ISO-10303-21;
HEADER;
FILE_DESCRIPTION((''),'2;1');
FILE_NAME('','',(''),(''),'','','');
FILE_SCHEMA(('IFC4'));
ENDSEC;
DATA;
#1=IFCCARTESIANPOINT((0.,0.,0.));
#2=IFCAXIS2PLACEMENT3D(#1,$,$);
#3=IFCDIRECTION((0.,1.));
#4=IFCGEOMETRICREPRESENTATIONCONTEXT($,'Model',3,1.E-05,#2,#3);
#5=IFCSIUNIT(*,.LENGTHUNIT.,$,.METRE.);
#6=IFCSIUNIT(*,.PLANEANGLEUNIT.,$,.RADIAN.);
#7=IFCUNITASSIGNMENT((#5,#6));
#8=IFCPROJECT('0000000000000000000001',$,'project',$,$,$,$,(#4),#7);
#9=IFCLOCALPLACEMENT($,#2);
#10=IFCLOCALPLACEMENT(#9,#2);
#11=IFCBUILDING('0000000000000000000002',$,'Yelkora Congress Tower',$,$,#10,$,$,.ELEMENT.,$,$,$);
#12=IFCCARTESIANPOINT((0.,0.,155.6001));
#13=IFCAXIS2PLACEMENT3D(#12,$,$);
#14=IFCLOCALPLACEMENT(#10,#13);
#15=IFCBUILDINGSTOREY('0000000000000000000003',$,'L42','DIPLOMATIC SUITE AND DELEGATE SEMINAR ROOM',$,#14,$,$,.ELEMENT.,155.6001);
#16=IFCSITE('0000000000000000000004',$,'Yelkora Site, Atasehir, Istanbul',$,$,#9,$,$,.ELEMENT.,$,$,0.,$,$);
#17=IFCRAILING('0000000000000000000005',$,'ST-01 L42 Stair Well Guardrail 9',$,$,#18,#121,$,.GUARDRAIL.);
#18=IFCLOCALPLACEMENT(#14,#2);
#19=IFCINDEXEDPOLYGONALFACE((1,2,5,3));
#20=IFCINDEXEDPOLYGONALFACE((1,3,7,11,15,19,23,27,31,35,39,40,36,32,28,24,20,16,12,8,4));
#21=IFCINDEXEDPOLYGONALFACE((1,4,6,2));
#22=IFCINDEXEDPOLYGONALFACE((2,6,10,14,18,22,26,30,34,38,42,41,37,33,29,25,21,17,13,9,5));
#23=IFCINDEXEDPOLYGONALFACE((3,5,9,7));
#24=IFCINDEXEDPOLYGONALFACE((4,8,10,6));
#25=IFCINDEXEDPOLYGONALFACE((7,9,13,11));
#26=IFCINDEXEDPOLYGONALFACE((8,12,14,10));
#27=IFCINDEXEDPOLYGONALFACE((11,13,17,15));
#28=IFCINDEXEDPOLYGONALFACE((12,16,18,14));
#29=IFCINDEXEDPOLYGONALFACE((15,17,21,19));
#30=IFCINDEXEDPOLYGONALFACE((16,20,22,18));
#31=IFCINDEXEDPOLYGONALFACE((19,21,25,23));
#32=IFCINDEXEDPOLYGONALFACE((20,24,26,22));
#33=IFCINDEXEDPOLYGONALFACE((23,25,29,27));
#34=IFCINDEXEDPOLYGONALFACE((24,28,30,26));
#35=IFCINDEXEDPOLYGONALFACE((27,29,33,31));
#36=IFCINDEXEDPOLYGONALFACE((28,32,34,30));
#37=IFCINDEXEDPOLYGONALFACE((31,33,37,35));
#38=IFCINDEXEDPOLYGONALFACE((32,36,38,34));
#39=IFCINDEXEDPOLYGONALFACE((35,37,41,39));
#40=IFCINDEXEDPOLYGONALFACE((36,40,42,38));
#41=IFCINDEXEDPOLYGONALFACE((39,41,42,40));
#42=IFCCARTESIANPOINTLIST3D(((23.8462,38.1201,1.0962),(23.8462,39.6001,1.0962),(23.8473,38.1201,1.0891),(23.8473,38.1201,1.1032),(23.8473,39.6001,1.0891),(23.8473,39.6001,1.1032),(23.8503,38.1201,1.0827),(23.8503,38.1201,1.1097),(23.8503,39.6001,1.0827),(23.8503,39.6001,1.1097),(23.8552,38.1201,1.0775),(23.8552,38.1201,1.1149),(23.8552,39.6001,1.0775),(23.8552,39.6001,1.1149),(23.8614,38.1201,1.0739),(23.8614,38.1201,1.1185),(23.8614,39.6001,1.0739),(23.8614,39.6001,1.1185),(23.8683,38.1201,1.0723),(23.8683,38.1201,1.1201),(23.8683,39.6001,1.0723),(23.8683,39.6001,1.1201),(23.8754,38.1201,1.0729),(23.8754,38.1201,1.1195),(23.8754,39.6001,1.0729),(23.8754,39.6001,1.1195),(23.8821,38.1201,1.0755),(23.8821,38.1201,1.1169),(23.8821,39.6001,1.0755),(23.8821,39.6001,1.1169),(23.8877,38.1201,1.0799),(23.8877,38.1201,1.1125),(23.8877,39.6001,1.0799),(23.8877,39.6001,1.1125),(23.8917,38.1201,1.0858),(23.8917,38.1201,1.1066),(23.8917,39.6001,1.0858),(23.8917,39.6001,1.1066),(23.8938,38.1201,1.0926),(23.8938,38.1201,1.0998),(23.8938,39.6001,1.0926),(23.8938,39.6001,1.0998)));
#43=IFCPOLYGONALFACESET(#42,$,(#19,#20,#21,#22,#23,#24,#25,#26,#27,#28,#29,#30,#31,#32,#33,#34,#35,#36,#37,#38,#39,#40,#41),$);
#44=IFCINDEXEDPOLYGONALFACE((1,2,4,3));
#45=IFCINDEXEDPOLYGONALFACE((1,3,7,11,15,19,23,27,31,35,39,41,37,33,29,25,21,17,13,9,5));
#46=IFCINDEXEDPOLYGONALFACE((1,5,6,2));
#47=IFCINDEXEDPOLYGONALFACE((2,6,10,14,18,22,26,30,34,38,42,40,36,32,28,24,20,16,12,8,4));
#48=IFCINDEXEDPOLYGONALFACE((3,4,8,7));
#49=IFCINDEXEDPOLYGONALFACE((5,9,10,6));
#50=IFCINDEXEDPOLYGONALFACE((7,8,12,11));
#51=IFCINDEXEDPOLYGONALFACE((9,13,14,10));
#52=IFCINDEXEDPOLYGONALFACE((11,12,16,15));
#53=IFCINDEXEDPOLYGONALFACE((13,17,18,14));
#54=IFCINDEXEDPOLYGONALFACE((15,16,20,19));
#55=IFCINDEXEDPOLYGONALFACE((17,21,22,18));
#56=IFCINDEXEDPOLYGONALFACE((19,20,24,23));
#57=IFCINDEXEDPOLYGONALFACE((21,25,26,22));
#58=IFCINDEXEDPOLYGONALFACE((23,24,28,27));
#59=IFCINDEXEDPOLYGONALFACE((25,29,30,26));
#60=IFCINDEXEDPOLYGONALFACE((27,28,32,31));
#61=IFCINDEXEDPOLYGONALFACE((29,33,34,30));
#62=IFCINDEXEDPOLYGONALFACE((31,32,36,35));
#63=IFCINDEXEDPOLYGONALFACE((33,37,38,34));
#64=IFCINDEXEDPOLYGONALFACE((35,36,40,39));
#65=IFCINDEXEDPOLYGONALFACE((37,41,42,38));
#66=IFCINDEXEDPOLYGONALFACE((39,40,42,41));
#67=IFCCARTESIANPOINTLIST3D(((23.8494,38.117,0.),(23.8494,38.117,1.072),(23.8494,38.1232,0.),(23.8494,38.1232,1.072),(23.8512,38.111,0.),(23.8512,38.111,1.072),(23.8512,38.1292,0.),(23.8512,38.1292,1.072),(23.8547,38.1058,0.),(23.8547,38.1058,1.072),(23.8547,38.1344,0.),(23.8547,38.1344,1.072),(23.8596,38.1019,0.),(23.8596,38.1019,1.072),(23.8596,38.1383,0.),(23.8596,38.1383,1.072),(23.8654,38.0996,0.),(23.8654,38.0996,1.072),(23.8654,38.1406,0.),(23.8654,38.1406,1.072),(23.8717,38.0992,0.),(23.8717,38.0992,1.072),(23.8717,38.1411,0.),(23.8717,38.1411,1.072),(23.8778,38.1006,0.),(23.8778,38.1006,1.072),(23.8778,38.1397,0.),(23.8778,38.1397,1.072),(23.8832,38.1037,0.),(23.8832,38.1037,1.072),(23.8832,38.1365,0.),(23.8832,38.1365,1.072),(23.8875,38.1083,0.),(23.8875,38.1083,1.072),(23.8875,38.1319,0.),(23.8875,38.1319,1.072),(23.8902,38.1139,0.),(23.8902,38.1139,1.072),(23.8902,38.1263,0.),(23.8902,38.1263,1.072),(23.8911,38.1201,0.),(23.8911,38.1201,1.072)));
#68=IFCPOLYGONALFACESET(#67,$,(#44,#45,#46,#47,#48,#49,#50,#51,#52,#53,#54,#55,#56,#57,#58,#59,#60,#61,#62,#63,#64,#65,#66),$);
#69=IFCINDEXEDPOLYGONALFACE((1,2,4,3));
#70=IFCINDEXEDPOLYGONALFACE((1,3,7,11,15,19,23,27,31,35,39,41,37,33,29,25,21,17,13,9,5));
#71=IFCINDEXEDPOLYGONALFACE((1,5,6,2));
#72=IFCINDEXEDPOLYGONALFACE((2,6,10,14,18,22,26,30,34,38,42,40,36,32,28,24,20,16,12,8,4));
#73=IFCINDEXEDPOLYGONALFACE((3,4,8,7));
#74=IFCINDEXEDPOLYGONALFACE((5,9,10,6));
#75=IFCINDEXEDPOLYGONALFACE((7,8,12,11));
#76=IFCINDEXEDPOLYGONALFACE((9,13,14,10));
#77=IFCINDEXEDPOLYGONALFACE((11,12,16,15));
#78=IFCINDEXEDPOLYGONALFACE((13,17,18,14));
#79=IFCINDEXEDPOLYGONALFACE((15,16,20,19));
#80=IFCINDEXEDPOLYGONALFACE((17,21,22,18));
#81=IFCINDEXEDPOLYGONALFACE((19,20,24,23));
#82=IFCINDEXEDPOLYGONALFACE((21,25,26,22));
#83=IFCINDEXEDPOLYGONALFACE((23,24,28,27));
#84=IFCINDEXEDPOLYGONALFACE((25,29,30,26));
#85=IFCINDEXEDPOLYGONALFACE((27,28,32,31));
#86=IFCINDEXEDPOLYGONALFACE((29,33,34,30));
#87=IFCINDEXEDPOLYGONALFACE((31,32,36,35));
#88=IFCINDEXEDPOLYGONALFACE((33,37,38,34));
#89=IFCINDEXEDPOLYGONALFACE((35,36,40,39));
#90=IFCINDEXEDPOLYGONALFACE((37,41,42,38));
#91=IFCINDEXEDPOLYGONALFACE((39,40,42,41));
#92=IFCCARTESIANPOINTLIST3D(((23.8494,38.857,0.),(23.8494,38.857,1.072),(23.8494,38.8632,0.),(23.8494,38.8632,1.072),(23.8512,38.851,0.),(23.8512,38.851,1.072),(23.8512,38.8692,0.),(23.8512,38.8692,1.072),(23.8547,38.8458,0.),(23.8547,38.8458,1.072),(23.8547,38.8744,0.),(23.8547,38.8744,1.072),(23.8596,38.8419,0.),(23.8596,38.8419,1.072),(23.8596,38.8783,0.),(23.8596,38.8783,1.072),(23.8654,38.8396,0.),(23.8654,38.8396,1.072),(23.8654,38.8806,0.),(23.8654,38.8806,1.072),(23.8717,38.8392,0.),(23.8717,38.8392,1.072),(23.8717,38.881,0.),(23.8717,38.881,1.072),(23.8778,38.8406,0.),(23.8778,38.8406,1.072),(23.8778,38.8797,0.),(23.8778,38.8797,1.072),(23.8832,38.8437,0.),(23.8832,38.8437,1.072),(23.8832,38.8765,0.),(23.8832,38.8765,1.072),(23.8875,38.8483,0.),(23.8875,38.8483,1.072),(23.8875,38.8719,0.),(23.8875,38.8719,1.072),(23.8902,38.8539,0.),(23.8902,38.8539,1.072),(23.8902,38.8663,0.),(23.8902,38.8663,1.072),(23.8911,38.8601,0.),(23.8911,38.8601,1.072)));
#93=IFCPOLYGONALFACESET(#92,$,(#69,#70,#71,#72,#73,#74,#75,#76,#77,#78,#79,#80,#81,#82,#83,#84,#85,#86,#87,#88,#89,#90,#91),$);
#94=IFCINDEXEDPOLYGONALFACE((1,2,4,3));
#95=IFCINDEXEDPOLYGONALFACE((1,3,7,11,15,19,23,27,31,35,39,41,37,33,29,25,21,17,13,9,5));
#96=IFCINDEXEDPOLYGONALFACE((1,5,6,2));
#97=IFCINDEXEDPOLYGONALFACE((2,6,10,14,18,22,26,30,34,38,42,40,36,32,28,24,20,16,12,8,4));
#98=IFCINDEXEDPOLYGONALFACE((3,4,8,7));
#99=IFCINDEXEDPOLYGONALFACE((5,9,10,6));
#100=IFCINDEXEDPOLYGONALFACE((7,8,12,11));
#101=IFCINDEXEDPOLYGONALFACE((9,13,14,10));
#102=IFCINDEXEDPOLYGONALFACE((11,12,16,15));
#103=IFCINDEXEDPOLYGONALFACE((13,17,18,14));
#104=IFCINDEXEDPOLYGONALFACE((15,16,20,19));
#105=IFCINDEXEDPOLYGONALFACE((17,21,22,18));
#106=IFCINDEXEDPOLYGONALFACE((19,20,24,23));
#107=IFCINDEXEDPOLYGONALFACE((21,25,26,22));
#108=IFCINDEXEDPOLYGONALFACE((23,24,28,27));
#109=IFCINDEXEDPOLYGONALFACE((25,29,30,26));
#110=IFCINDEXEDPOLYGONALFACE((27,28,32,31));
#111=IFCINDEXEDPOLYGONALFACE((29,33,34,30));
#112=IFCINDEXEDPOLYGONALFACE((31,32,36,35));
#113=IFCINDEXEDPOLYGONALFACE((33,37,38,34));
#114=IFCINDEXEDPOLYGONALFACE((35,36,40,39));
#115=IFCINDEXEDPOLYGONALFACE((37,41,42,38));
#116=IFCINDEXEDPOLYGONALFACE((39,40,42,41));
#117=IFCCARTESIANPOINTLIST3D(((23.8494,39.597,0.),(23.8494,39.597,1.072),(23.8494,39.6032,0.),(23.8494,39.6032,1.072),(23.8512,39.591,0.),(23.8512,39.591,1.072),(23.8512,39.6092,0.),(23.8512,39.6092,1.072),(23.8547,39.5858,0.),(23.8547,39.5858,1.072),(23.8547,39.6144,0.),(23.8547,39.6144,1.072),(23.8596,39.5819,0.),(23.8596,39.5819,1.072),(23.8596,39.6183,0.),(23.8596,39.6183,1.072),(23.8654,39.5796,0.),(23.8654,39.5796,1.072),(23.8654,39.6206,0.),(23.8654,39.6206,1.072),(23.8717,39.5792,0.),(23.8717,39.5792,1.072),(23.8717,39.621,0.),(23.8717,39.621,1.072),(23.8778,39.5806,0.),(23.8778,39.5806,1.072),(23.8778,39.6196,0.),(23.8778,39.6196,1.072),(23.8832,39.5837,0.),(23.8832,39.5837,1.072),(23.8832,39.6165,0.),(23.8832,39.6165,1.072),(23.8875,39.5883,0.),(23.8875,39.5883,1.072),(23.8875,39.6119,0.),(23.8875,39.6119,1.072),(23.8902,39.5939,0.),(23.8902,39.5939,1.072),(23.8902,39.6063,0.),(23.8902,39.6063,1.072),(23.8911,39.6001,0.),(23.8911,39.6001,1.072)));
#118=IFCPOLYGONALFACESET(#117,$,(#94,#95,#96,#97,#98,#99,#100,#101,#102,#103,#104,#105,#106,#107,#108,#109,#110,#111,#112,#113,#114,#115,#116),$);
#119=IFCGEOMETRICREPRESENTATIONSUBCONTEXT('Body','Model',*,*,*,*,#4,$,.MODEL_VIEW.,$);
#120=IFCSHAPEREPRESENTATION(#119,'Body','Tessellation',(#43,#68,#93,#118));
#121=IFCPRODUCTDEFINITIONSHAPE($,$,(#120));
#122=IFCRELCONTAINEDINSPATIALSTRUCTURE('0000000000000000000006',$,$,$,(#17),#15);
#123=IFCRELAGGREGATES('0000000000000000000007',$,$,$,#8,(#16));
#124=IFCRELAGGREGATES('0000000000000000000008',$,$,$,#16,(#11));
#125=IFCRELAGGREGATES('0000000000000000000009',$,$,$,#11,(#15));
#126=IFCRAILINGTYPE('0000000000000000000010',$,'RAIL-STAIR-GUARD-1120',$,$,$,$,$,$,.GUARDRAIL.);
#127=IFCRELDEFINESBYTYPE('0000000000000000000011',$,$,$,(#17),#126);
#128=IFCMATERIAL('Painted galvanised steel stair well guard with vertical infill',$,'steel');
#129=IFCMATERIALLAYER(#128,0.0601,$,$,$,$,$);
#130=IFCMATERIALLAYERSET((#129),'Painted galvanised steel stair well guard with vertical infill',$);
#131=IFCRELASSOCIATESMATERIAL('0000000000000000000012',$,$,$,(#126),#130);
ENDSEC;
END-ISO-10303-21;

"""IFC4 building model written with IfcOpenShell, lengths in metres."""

from ifc_helpers import new_model, si_unit, direction, frame, origin, origin_2d, place, context, subcontext, project, spatial, circle, extrude, material, layer, layer_set, type_object, element, save


model = new_model("IFC4")

# Units and contexts
model_context = context("Model", 3, precision=1e-05, world=origin(), true_north=direction((0.0, 1.0)))
body_context = subcontext(model_context, "Body", "Model", "MODEL_VIEW")
ifc_project = project(units=[si_unit("LENGTHUNIT", "METRE"), si_unit("PLANEANGLEUNIT", "RADIAN")], contexts=[model_context])

# Site, building, storey
site_placement = place(None, origin())
site = spatial("IfcSite", under=ifc_project, at=site_placement, Name="Yelkora Site, Atasehir, Istanbul", CompositionType="ELEMENT", RefElevation=0.0)
building_placement = place(site_placement, origin())
building = spatial("IfcBuilding", under=site, at=building_placement, Name="Yelkora Congress Tower", CompositionType="ELEMENT")
storey_placement = place(building_placement, frame((0.0, 0.0, 155.6001)))
storey = spatial("IfcBuildingStorey", under=building, at=storey_placement, Name="L42", Description="DIPLOMATIC SUITE AND DELEGATE SEMINAR ROOM", CompositionType="ELEMENT", Elevation=155.6001)

# Railing
ifc_material_1 = material(Name="Painted galvanised steel stair well guard with vertical infill", Category="steel")
ifc_layer_1 = layer(ifc_material_1, 0.0601)
ifc_layer_set_1 = layer_set([ifc_layer_1], Name="Painted galvanised steel stair well guard with vertical infill")
railing_type_1 = type_object("IfcRailingType", Name="RAIL-STAIR-GUARD-1120", PredefinedType="GUARDRAIL", material=ifc_layer_set_1)
for number, where, name in (
    (1, (23.8701, 38.1201, 0.0), "ST-01 L42 Stair Well Guardrail 9"),
):
    element("IfcRailing", number, at=place(storey_placement, frame(where)), inside=storey, type_object=railing_type_1, Name=name, PredefinedType="GUARDRAIL", context=body_context, shape_type="SweptSolid", body=[
        extrude(circle(Radius=0.0239, at=origin_2d()), frame((0.0, 0.0, 1.0962), z_axis=(0.0, 1.0, 0.0), x_axis=(-1.0, 0.0, 0.0)), (0.0, 0.0, 1.0), 1.48),
        extrude(circle(Radius=0.021, at=origin_2d()), origin(), (0.0, 0.0, 1.0), 1.072),
        extrude(circle(Radius=0.021, at=origin_2d()), frame((0.0, 0.74, 0.0)), (0.0, 0.0, 1.0), 1.072),
        extrude(circle(Radius=0.021, at=origin_2d()), frame((0.0, 1.48, 0.0)), (0.0, 0.0, 1.0), 1.072),
    ])

save(model, "model.ifc")
